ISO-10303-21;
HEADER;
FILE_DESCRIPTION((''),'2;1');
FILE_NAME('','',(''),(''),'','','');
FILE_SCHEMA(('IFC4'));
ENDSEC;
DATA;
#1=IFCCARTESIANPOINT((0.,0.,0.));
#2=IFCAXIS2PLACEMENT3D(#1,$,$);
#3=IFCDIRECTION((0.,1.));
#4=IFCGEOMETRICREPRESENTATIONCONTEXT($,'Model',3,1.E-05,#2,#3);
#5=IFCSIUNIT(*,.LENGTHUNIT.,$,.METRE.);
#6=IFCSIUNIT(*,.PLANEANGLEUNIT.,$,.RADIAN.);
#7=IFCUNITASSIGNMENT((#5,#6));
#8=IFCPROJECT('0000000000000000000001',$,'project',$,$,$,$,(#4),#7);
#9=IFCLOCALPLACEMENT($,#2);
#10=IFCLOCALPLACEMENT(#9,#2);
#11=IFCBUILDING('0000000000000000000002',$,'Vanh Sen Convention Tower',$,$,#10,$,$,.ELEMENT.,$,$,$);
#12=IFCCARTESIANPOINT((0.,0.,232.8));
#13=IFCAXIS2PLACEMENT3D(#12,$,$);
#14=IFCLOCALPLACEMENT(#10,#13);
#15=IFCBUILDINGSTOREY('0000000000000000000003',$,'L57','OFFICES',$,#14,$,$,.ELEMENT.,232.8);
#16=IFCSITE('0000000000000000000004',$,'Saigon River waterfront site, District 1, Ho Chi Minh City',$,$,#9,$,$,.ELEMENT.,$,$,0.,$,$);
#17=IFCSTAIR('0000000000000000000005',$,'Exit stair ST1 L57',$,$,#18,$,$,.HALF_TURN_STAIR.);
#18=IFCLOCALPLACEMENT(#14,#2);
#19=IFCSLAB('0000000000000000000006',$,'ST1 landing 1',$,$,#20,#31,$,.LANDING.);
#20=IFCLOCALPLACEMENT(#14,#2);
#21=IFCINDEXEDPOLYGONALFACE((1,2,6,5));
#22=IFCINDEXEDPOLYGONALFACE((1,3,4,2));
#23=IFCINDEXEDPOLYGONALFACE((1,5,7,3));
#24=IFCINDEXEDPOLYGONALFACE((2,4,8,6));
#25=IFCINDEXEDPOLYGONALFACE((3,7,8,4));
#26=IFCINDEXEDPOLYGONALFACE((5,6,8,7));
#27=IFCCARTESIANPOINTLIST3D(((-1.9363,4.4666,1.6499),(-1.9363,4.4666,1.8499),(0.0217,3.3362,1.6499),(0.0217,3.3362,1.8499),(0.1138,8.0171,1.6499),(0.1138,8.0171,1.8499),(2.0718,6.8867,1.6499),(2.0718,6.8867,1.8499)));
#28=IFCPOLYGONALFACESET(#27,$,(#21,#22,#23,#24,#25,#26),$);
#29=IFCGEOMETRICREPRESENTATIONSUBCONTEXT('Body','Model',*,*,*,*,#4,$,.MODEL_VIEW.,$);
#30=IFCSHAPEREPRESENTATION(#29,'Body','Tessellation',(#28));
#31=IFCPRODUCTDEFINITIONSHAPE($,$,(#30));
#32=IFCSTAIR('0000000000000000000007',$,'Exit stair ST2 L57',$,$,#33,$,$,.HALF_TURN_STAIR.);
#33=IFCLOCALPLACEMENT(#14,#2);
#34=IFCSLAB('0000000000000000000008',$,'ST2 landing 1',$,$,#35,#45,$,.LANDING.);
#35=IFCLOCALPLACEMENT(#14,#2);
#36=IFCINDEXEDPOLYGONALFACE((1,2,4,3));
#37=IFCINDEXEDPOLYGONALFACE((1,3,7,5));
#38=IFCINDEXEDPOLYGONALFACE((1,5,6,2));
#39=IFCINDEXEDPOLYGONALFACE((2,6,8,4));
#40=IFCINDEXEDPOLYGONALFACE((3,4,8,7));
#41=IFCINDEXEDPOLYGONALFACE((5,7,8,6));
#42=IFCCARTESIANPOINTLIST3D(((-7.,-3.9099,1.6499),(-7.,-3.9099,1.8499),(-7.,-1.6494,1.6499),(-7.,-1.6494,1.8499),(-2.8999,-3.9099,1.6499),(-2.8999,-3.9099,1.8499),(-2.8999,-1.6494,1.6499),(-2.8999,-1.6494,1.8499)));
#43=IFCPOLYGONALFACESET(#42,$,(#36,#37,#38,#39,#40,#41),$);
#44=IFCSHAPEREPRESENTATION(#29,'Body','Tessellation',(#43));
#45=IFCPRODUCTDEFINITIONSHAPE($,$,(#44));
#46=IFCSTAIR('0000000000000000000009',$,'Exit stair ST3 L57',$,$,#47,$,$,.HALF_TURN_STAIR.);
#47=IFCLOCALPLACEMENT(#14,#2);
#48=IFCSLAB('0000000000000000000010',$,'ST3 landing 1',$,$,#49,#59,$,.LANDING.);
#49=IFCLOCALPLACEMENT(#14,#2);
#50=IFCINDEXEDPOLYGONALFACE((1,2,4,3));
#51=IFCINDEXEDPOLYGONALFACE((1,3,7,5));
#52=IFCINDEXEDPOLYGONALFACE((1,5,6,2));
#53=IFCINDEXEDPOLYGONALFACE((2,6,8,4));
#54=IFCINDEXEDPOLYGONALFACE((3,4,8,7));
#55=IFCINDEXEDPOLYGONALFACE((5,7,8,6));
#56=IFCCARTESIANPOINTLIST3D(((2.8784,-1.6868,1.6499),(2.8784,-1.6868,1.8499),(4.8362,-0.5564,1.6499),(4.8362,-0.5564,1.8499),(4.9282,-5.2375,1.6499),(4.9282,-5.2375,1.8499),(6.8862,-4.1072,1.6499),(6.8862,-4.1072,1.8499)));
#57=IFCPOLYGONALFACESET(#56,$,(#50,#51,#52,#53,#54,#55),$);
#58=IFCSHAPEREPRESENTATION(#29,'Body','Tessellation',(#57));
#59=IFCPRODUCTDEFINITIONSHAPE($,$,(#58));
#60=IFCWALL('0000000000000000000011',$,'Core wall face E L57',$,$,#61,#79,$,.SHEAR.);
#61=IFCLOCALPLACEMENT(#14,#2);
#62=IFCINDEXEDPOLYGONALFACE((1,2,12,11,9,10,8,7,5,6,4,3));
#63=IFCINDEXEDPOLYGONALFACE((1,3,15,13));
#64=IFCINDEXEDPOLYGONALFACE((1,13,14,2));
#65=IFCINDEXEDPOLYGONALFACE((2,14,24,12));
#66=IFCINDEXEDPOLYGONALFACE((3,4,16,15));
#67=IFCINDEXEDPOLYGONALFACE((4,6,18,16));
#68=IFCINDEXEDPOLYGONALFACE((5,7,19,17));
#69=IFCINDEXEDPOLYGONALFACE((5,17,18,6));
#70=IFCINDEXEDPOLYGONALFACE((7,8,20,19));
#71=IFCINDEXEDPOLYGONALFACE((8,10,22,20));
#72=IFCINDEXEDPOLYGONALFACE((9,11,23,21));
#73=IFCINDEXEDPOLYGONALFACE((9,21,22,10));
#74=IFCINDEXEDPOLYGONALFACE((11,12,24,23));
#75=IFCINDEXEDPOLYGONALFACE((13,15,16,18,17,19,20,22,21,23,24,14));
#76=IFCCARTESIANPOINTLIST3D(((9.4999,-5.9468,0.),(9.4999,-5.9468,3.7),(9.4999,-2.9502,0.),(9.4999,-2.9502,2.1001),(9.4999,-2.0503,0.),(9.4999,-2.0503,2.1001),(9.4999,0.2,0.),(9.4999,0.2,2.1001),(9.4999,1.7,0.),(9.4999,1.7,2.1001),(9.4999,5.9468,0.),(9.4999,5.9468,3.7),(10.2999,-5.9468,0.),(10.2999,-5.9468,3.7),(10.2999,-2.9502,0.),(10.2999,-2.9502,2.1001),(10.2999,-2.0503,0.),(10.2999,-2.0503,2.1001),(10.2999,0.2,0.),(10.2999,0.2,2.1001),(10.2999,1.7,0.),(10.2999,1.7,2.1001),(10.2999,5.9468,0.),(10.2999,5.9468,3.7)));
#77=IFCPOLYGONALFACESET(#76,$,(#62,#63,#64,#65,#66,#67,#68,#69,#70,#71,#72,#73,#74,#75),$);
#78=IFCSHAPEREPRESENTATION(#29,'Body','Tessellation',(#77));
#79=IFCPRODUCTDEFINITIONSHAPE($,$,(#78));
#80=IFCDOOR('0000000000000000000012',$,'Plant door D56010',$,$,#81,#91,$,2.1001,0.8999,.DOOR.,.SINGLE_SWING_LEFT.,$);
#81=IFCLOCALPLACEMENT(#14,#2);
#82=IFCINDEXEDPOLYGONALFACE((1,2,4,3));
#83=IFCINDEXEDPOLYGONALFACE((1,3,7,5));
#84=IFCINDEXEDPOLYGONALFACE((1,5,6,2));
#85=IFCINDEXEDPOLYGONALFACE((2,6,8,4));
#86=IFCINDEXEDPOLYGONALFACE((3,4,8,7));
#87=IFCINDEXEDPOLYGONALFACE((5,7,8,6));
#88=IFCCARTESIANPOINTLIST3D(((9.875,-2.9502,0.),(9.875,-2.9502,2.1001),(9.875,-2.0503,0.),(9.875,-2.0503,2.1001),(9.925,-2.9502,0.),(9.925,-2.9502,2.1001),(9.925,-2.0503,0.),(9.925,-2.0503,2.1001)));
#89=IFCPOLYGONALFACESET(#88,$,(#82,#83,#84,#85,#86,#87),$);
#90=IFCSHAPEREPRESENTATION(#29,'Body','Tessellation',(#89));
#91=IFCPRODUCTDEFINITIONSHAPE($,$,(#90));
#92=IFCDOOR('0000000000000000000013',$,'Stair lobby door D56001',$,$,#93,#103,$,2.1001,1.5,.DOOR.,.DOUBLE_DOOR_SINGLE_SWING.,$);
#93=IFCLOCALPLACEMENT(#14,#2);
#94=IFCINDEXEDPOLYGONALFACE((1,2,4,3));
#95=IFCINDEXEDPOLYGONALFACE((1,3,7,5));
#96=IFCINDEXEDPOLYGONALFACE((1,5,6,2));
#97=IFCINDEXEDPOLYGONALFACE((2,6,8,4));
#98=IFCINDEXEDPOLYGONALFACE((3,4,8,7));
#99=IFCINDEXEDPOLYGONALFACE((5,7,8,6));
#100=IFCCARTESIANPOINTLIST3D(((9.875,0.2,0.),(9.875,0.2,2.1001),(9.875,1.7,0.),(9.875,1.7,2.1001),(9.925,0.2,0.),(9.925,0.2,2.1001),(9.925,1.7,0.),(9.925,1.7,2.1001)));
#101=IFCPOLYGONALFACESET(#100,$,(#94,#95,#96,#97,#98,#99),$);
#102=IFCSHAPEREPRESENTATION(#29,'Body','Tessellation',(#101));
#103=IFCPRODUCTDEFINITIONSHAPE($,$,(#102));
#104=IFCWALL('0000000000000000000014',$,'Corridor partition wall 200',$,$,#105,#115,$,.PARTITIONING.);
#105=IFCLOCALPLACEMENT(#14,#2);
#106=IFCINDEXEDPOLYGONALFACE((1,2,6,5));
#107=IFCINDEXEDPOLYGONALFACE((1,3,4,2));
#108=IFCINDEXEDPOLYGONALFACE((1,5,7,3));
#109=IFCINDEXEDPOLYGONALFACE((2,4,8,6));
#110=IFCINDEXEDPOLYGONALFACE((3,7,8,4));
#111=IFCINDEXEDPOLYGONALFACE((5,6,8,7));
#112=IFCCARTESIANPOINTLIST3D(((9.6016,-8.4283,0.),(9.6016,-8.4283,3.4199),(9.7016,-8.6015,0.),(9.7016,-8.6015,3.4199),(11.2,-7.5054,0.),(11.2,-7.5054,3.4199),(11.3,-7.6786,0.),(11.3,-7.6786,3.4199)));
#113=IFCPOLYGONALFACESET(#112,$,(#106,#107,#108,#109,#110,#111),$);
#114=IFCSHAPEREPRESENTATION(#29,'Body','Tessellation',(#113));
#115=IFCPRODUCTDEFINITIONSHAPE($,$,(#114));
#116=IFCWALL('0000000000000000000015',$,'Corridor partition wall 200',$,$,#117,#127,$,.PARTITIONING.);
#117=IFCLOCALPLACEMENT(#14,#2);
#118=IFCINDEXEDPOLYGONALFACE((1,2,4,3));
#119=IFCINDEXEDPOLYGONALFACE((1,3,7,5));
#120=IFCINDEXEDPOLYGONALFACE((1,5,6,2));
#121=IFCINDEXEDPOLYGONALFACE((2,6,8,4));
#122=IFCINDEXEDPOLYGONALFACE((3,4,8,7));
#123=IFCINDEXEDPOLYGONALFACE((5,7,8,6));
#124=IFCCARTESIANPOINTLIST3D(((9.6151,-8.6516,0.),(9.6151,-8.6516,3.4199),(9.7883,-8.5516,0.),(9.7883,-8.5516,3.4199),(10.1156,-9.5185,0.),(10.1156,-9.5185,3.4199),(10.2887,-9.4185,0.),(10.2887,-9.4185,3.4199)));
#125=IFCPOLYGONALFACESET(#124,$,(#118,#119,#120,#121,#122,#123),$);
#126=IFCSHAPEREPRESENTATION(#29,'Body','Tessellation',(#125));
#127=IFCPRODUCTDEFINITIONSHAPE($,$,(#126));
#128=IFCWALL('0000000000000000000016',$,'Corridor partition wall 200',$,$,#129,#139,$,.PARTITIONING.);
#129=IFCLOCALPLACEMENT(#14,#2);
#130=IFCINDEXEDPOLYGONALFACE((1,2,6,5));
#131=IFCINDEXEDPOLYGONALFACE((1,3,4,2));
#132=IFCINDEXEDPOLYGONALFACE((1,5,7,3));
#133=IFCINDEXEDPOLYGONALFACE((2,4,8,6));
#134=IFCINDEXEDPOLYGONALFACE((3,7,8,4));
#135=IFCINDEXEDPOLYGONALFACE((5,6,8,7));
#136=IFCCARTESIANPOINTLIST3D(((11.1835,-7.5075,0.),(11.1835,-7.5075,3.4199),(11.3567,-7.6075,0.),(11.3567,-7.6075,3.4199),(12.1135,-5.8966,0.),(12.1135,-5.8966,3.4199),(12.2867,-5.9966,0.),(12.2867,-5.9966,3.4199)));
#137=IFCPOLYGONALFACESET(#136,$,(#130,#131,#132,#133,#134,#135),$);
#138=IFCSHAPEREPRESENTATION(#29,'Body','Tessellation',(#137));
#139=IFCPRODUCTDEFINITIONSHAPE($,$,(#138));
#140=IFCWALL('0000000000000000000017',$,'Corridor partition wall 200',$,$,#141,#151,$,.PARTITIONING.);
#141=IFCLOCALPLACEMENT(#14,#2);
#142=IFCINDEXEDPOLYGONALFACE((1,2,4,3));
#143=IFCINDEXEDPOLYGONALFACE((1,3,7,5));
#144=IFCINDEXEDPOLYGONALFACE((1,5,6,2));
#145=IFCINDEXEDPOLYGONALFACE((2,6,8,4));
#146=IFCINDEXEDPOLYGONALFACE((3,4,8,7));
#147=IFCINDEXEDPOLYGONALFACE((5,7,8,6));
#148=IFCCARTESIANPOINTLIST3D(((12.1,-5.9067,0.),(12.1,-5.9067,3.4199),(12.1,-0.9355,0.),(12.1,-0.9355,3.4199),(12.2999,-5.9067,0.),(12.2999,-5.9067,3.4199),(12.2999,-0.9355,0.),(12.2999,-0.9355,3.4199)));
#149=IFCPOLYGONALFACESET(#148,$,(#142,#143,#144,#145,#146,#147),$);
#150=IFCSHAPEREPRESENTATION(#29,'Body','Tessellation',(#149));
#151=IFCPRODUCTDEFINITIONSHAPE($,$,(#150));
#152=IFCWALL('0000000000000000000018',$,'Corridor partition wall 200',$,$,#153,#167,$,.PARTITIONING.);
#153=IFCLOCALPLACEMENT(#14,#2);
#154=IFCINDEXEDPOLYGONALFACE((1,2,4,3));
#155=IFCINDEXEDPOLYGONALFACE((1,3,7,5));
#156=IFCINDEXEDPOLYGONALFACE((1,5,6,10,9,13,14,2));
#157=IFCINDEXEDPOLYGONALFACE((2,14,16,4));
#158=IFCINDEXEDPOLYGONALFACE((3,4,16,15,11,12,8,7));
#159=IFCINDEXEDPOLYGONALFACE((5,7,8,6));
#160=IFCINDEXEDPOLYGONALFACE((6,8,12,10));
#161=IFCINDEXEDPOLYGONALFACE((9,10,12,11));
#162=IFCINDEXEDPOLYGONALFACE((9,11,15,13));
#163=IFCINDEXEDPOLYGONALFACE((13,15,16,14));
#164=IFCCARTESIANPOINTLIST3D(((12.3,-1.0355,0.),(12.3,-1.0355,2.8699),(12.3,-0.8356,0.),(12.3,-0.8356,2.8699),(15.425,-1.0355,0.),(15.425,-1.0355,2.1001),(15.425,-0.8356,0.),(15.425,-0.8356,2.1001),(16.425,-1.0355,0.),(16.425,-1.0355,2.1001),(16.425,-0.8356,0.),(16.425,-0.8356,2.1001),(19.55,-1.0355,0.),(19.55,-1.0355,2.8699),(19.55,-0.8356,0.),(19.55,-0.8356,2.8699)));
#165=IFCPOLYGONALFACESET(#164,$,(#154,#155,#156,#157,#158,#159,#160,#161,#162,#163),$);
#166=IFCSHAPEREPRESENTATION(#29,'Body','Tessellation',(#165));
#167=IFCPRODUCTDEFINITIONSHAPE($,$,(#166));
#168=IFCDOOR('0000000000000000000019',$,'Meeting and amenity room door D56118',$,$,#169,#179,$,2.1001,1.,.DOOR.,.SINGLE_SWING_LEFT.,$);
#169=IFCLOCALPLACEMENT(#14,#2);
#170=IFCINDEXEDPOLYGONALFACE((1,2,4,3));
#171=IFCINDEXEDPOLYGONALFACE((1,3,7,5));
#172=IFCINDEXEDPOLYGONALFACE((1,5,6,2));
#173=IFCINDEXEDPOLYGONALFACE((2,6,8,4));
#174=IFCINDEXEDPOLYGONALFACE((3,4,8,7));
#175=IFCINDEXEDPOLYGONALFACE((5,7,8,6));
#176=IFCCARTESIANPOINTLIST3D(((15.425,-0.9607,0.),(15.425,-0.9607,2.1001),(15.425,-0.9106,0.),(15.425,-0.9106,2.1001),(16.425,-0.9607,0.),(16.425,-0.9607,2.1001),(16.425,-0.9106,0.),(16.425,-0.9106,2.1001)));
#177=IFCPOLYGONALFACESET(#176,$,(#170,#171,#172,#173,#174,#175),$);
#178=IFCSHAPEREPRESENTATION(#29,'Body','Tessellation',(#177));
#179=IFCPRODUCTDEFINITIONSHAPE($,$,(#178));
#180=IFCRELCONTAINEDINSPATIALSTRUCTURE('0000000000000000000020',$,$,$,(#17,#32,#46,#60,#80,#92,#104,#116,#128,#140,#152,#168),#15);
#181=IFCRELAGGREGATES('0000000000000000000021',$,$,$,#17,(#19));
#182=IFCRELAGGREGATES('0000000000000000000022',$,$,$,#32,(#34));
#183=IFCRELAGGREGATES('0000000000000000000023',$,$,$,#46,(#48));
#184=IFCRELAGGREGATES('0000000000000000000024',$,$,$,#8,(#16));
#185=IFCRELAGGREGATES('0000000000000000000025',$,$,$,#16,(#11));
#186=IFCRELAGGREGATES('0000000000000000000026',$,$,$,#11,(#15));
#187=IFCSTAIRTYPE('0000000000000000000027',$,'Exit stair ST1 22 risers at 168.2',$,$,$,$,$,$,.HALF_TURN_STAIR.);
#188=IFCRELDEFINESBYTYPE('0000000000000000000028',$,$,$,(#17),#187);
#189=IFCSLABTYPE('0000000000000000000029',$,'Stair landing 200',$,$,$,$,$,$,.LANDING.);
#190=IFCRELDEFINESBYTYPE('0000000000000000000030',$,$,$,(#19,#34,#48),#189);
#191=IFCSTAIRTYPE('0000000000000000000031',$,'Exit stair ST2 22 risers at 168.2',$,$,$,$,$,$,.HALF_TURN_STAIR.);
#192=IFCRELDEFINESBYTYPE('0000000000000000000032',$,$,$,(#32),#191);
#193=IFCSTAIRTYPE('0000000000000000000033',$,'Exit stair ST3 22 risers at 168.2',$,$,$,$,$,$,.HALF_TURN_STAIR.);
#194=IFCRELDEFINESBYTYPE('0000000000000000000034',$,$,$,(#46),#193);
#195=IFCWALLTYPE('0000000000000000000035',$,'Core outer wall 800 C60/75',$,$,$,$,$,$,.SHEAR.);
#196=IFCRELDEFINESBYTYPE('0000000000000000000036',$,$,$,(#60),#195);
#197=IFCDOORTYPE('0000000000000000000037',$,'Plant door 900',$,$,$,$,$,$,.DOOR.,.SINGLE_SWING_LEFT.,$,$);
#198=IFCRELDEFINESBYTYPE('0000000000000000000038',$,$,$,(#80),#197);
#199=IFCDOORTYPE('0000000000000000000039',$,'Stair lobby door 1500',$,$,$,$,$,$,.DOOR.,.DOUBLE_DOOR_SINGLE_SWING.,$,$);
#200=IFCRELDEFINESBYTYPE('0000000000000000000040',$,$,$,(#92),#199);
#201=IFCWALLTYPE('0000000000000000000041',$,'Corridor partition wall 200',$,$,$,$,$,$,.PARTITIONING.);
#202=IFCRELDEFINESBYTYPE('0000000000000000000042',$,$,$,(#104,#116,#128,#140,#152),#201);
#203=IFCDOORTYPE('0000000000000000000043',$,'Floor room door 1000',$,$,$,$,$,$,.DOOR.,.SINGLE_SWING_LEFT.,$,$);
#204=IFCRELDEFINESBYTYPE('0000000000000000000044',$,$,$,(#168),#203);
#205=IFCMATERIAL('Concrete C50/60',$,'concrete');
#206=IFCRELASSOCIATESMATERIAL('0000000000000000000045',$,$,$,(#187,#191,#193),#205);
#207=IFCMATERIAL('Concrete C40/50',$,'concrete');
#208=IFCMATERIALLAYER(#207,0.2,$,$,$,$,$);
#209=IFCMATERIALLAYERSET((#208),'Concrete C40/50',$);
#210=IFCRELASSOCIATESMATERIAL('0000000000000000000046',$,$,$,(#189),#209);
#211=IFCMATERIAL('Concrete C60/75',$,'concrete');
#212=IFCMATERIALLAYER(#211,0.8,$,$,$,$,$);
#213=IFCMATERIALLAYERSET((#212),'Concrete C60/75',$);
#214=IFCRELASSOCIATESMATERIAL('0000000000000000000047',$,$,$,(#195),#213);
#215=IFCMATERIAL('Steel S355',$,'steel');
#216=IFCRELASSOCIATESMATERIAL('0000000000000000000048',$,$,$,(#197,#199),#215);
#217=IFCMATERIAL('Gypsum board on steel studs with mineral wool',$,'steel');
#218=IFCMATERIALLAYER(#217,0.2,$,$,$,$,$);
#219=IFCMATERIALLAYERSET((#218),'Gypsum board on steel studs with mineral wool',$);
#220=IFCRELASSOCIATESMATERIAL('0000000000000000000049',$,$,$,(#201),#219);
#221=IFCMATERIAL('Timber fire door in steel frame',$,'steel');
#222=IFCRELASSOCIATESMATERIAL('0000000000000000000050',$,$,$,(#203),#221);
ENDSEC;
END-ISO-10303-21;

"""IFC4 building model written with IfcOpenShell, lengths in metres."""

from ifc_helpers import new_model, si_unit, direction, frame, frame_2d, origin, place, context, subcontext, project, spatial, polyline, rectangle, outline, extrude, material, layer, layer_set, type_object, element, fill, aggregate, save


model = new_model("IFC4")

# Units and contexts
model_context = context("Model", 3, precision=1e-05, world=origin(), true_north=direction((0.0, 1.0)))
body_context = subcontext(model_context, "Body", "Model", "MODEL_VIEW")
ifc_project = project(units=[si_unit("LENGTHUNIT", "METRE"), si_unit("PLANEANGLEUNIT", "RADIAN")], contexts=[model_context])

# Site, building, storey
site_placement = place(None, origin())
site = spatial("IfcSite", under=ifc_project, at=site_placement, Name="Saigon River waterfront site, District 1, Ho Chi Minh City", CompositionType="ELEMENT", RefElevation=0.0)
building_placement = place(site_placement, origin())
building = spatial("IfcBuilding", under=site, at=building_placement, Name="Vanh Sen Convention Tower", CompositionType="ELEMENT")
storey_placement = place(building_placement, frame((0.0, 0.0, 232.8)))
storey = spatial("IfcBuildingStorey", under=building, at=storey_placement, Name="L57", Description="OFFICES", CompositionType="ELEMENT", Elevation=232.8)

# Stairs, slabs
ifc_material_1 = material(Name="Concrete C50/60", Category="concrete")
stair_type_1 = type_object("IfcStairType", Name="Exit stair ST1 22 risers at 168.2", PredefinedType="HALF_TURN_STAIR", material=ifc_material_1)
stair_1_placement = place(storey_placement, origin())
stair_1 = element("IfcStair", 1, at=stair_1_placement, inside=storey, type_object=stair_type_1, Name="Exit stair ST1 L57", PredefinedType="HALF_TURN_STAIR")
ifc_material_2 = material(Name="Concrete C40/50", Category="concrete")
ifc_layer_1 = layer(ifc_material_2, 0.2)
ifc_layer_set_1 = layer_set([ifc_layer_1], Name="Concrete C40/50")
slab_type = type_object("IfcSlabType", Name="Stair landing 200", PredefinedType="LANDING", material=ifc_layer_set_1)
slab_1_placement = place(storey_placement, frame((0.0, 0.0, 1.6499)))
slab_1 = element("IfcSlab", 2, at=slab_1_placement, type_object=slab_type, Name="ST1 landing 1", PredefinedType="LANDING", context=body_context, shape_type="SweptSolid", body=[
    extrude(outline(polyline([(2.0718, 6.8867), (0.1138, 8.0171), (-1.9363, 4.4666), (0.0217, 3.3362), (2.0718, 6.8867)])), origin(), (0.0, 0.0, 1.0), 0.2),
])
aggregate(stair_1, [slab_1])
stair_type_2 = type_object("IfcStairType", Name="Exit stair ST2 22 risers at 168.2", PredefinedType="HALF_TURN_STAIR", material=ifc_material_1)
stair_2_placement = place(storey_placement, origin())
stair_2 = element("IfcStair", 3, at=stair_2_placement, inside=storey, type_object=stair_type_2, Name="Exit stair ST2 L57", PredefinedType="HALF_TURN_STAIR")
slab_2_placement = place(storey_placement, frame((0.0, 0.0, 1.6499)))
slab_2 = element("IfcSlab", 4, at=slab_2_placement, type_object=slab_type, Name="ST2 landing 1", PredefinedType="LANDING", context=body_context, shape_type="SweptSolid", body=[
    extrude(outline(polyline([(-7.0, -1.6494), (-7.0, -3.9099), (-2.8999, -3.9099), (-2.8999, -1.6494), (-7.0, -1.6494)])), origin(), (0.0, 0.0, 1.0), 0.2),
])
aggregate(stair_2, [slab_2])
stair_type_3 = type_object("IfcStairType", Name="Exit stair ST3 22 risers at 168.2", PredefinedType="HALF_TURN_STAIR", material=ifc_material_1)
stair_3_placement = place(storey_placement, origin())
stair_3 = element("IfcStair", 5, at=stair_3_placement, inside=storey, type_object=stair_type_3, Name="Exit stair ST3 L57", PredefinedType="HALF_TURN_STAIR")
slab_3_placement = place(storey_placement, frame((0.0, 0.0, 1.6499)))
slab_3 = element("IfcSlab", 6, at=slab_3_placement, type_object=slab_type, Name="ST3 landing 1", PredefinedType="LANDING", context=body_context, shape_type="SweptSolid", body=[
    extrude(outline(polyline([(4.9282, -5.2375), (6.8862, -4.1072), (4.8362, -0.5564), (2.8784, -1.6868), (4.9282, -5.2375)])), origin(), (0.0, 0.0, 1.0), 0.2),
])
aggregate(stair_3, [slab_3])

# Wall, openings, doors
ifc_material_3 = material(Name="Concrete C60/75", Category="concrete")
ifc_layer_2 = layer(ifc_material_3, 0.8)
ifc_layer_set_2 = layer_set([ifc_layer_2], Name="Concrete C60/75")
wall_type_1 = type_object("IfcWallType", Name="Core outer wall 800 C60/75", PredefinedType="SHEAR", material=ifc_layer_set_2)
wall_1_placement = place(storey_placement, frame((9.8999, -5.9468, 0.0), z_axis=(0.0, 0.0, 1.0), x_axis=(0.0, 1.0, 0.0)))
wall_1 = element("IfcWall", 7, at=wall_1_placement, inside=storey, type_object=wall_type_1, Name="Core wall face E L57", PredefinedType="SHEAR", context=body_context, shape_type="SweptSolid", body=[
    extrude(rectangle(XDim=11.8936, YDim=0.8, at=frame_2d((5.9468, 0.0))), origin(), (0.0, 0.0, 1.0), 3.7),
])
opening_1_placement = place(wall_1_placement, frame((6.1467, 0.0, 0.0)))
opening_1 = element("IfcOpeningElement", 8, at=opening_1_placement, cuts=wall_1, PredefinedType="OPENING", context=body_context, shape_type="SweptSolid", body=[
    extrude(rectangle(XDim=1.5, YDim=2.1001, at=frame_2d((0.75, 1.05))), frame((0.0, 0.4099, 0.0), z_axis=(0.0, -1.0, 0.0), x_axis=(1.0, 0.0, 0.0)), (0.0, 0.0, 1.0), 0.8201),
])
opening_2_placement = place(wall_1_placement, frame((2.9966, 0.0, 0.0)))
opening_2 = element("IfcOpeningElement", 9, at=opening_2_placement, cuts=wall_1, PredefinedType="OPENING", context=body_context, shape_type="SweptSolid", body=[
    extrude(rectangle(XDim=0.8999, YDim=2.1001, at=frame_2d((0.45, 1.05))), frame((0.0, 0.4099, 0.0), z_axis=(0.0, -1.0, 0.0), x_axis=(1.0, 0.0, 0.0)), (0.0, 0.0, 1.0), 0.8201),
])
ifc_material_4 = material(Name="Steel S355", Category="steel")
door_type_1 = type_object("IfcDoorType", Name="Plant door 900", OperationType="SINGLE_SWING_LEFT", PredefinedType="DOOR", material=ifc_material_4)
door_1_placement = place(opening_2_placement, origin())
door_1 = element("IfcDoor", 10, at=door_1_placement, inside=storey, type_object=door_type_1, Name="Plant door D56010", OperationType="SINGLE_SWING_LEFT", OverallHeight=2.1001, OverallWidth=0.8999, PredefinedType="DOOR", context=body_context, shape_type="SweptSolid", body=[
    extrude(rectangle(XDim=0.8999, YDim=2.1001, at=frame_2d((0.45, 1.05))), frame((0.0, 0.0249, 0.0), z_axis=(0.0, -1.0, 0.0), x_axis=(1.0, 0.0, 0.0)), (0.0, 0.0, 1.0), 0.05),
])
fill(opening_2, door_1)
door_type_2 = type_object("IfcDoorType", Name="Stair lobby door 1500", OperationType="DOUBLE_DOOR_SINGLE_SWING", PredefinedType="DOOR", material=ifc_material_4)
door_2_placement = place(opening_1_placement, origin())
door_2 = element("IfcDoor", 11, at=door_2_placement, inside=storey, type_object=door_type_2, Name="Stair lobby door D56001", OperationType="DOUBLE_DOOR_SINGLE_SWING", OverallHeight=2.1001, OverallWidth=1.5, PredefinedType="DOOR", context=body_context, shape_type="SweptSolid", body=[
    extrude(rectangle(XDim=1.5, YDim=2.1001, at=frame_2d((0.75, 1.05))), frame((0.0, 0.0249, 0.0), z_axis=(0.0, -1.0, 0.0), x_axis=(1.0, 0.0, 0.0)), (0.0, 0.0, 1.0), 0.05),
])
fill(opening_1, door_2)

# Walls
ifc_material_5 = material(Name="Gypsum board on steel studs with mineral wool", Category="steel")
ifc_layer_3 = layer(ifc_material_5, 0.2)
ifc_layer_set_3 = layer_set([ifc_layer_3], Name="Gypsum board on steel studs with mineral wool")
wall_type_2 = type_object("IfcWallType", Name="Corridor partition wall 200", PredefinedType="PARTITIONING", material=ifc_layer_set_3)
wall_2_placement = place(storey_placement, frame((9.6516, -8.5149, 0.0), z_axis=(0.0, 0.0, 1.0), x_axis=(0.86602, 0.500009, 0.0)))
element("IfcWall", 12, at=wall_2_placement, inside=storey, type_object=wall_type_2, Name="Corridor partition wall 200", PredefinedType="PARTITIONING", context=body_context, shape_type="SweptSolid", body=[
    extrude(rectangle(XDim=1.8457, YDim=0.2, at=frame_2d((0.9229, 0.0))), origin(), (0.0, 0.0, 1.0), 3.4199),
])
wall_3_placement = place(storey_placement, frame((10.2021, -9.4685, 0.0), z_axis=(0.0, 0.0, 1.0), x_axis=(-0.499969, 0.866043, 0.0)))
element("IfcWall", 13, at=wall_3_placement, inside=storey, type_object=wall_type_2, Name="Corridor partition wall 200", PredefinedType="PARTITIONING", context=body_context, shape_type="SweptSolid", body=[
    extrude(rectangle(XDim=1.001, YDim=0.2, at=frame_2d((0.5005, 0.0))), origin(), (0.0, 0.0, 1.0), 3.4199),
])
wall_4_placement = place(storey_placement, frame((11.27, -7.5576, 0.0), z_axis=(0.0, 0.0, 1.0), x_axis=(0.499965, 0.866046, 0.0)))
element("IfcWall", 14, at=wall_4_placement, inside=storey, type_object=wall_type_2, Name="Corridor partition wall 200", PredefinedType="PARTITIONING", context=body_context, shape_type="SweptSolid", body=[
    extrude(rectangle(XDim=1.8601, YDim=0.2, at=frame_2d((0.9302, 0.0))), origin(), (0.0, 0.0, 1.0), 3.4199),
])
wall_5_placement = place(storey_placement, frame((12.2, -5.9067, 0.0), z_axis=(0.0, 0.0, 1.0), x_axis=(0.0, 1.0, 0.0)))
element("IfcWall", 15, at=wall_5_placement, inside=storey, type_object=wall_type_2, Name="Corridor partition wall 200", PredefinedType="PARTITIONING", context=body_context, shape_type="SweptSolid", body=[
    extrude(rectangle(XDim=4.9712, YDim=0.2, at=frame_2d((2.4856, 0.0))), origin(), (0.0, 0.0, 1.0), 3.4199),
])

# Wall, opening, door
wall_6_placement = place(storey_placement, frame((12.3, -0.9355, 0.0), z_axis=(0.0, 0.0, 1.0), x_axis=(1.0, 0.0, 0.0)))
wall_6 = element("IfcWall", 16, at=wall_6_placement, inside=storey, type_object=wall_type_2, Name="Corridor partition wall 200", PredefinedType="PARTITIONING", context=body_context, shape_type="SweptSolid", body=[
    extrude(rectangle(XDim=7.25, YDim=0.2, at=frame_2d((3.625, 0.0))), origin(), (0.0, 0.0, 1.0), 2.8699),
])
opening_3_placement = place(wall_6_placement, frame((3.125, 0.0, 0.0)))
opening_3 = element("IfcOpeningElement", 17, at=opening_3_placement, cuts=wall_6, PredefinedType="OPENING", context=body_context, shape_type="SweptSolid", body=[
    extrude(rectangle(XDim=1.0, YDim=2.1001, at=frame_2d((0.5, 1.05))), frame((0.0, 0.1099, 0.0), z_axis=(0.0, -1.0, 0.0), x_axis=(1.0, 0.0, 0.0)), (0.0, 0.0, 1.0), 0.22),
])
ifc_material_6 = material(Name="Timber fire door in steel frame", Category="steel")
door_type_3 = type_object("IfcDoorType", Name="Floor room door 1000", OperationType="SINGLE_SWING_LEFT", PredefinedType="DOOR", material=ifc_material_6)
door_3_placement = place(opening_3_placement, origin())
door_3 = element("IfcDoor", 18, at=door_3_placement, inside=storey, type_object=door_type_3, Name="Meeting and amenity room door D56118", OperationType="SINGLE_SWING_LEFT", OverallHeight=2.1001, OverallWidth=1.0, PredefinedType="DOOR", context=body_context, shape_type="SweptSolid", body=[
    extrude(rectangle(XDim=1.0, YDim=2.1001, at=frame_2d((0.5, 1.05))), frame((0.0, 0.0249, 0.0), z_axis=(0.0, -1.0, 0.0), x_axis=(1.0, 0.0, 0.0)), (0.0, 0.0, 1.0), 0.05),
])
fill(opening_3, door_3)

save(model, "model.ifc")
